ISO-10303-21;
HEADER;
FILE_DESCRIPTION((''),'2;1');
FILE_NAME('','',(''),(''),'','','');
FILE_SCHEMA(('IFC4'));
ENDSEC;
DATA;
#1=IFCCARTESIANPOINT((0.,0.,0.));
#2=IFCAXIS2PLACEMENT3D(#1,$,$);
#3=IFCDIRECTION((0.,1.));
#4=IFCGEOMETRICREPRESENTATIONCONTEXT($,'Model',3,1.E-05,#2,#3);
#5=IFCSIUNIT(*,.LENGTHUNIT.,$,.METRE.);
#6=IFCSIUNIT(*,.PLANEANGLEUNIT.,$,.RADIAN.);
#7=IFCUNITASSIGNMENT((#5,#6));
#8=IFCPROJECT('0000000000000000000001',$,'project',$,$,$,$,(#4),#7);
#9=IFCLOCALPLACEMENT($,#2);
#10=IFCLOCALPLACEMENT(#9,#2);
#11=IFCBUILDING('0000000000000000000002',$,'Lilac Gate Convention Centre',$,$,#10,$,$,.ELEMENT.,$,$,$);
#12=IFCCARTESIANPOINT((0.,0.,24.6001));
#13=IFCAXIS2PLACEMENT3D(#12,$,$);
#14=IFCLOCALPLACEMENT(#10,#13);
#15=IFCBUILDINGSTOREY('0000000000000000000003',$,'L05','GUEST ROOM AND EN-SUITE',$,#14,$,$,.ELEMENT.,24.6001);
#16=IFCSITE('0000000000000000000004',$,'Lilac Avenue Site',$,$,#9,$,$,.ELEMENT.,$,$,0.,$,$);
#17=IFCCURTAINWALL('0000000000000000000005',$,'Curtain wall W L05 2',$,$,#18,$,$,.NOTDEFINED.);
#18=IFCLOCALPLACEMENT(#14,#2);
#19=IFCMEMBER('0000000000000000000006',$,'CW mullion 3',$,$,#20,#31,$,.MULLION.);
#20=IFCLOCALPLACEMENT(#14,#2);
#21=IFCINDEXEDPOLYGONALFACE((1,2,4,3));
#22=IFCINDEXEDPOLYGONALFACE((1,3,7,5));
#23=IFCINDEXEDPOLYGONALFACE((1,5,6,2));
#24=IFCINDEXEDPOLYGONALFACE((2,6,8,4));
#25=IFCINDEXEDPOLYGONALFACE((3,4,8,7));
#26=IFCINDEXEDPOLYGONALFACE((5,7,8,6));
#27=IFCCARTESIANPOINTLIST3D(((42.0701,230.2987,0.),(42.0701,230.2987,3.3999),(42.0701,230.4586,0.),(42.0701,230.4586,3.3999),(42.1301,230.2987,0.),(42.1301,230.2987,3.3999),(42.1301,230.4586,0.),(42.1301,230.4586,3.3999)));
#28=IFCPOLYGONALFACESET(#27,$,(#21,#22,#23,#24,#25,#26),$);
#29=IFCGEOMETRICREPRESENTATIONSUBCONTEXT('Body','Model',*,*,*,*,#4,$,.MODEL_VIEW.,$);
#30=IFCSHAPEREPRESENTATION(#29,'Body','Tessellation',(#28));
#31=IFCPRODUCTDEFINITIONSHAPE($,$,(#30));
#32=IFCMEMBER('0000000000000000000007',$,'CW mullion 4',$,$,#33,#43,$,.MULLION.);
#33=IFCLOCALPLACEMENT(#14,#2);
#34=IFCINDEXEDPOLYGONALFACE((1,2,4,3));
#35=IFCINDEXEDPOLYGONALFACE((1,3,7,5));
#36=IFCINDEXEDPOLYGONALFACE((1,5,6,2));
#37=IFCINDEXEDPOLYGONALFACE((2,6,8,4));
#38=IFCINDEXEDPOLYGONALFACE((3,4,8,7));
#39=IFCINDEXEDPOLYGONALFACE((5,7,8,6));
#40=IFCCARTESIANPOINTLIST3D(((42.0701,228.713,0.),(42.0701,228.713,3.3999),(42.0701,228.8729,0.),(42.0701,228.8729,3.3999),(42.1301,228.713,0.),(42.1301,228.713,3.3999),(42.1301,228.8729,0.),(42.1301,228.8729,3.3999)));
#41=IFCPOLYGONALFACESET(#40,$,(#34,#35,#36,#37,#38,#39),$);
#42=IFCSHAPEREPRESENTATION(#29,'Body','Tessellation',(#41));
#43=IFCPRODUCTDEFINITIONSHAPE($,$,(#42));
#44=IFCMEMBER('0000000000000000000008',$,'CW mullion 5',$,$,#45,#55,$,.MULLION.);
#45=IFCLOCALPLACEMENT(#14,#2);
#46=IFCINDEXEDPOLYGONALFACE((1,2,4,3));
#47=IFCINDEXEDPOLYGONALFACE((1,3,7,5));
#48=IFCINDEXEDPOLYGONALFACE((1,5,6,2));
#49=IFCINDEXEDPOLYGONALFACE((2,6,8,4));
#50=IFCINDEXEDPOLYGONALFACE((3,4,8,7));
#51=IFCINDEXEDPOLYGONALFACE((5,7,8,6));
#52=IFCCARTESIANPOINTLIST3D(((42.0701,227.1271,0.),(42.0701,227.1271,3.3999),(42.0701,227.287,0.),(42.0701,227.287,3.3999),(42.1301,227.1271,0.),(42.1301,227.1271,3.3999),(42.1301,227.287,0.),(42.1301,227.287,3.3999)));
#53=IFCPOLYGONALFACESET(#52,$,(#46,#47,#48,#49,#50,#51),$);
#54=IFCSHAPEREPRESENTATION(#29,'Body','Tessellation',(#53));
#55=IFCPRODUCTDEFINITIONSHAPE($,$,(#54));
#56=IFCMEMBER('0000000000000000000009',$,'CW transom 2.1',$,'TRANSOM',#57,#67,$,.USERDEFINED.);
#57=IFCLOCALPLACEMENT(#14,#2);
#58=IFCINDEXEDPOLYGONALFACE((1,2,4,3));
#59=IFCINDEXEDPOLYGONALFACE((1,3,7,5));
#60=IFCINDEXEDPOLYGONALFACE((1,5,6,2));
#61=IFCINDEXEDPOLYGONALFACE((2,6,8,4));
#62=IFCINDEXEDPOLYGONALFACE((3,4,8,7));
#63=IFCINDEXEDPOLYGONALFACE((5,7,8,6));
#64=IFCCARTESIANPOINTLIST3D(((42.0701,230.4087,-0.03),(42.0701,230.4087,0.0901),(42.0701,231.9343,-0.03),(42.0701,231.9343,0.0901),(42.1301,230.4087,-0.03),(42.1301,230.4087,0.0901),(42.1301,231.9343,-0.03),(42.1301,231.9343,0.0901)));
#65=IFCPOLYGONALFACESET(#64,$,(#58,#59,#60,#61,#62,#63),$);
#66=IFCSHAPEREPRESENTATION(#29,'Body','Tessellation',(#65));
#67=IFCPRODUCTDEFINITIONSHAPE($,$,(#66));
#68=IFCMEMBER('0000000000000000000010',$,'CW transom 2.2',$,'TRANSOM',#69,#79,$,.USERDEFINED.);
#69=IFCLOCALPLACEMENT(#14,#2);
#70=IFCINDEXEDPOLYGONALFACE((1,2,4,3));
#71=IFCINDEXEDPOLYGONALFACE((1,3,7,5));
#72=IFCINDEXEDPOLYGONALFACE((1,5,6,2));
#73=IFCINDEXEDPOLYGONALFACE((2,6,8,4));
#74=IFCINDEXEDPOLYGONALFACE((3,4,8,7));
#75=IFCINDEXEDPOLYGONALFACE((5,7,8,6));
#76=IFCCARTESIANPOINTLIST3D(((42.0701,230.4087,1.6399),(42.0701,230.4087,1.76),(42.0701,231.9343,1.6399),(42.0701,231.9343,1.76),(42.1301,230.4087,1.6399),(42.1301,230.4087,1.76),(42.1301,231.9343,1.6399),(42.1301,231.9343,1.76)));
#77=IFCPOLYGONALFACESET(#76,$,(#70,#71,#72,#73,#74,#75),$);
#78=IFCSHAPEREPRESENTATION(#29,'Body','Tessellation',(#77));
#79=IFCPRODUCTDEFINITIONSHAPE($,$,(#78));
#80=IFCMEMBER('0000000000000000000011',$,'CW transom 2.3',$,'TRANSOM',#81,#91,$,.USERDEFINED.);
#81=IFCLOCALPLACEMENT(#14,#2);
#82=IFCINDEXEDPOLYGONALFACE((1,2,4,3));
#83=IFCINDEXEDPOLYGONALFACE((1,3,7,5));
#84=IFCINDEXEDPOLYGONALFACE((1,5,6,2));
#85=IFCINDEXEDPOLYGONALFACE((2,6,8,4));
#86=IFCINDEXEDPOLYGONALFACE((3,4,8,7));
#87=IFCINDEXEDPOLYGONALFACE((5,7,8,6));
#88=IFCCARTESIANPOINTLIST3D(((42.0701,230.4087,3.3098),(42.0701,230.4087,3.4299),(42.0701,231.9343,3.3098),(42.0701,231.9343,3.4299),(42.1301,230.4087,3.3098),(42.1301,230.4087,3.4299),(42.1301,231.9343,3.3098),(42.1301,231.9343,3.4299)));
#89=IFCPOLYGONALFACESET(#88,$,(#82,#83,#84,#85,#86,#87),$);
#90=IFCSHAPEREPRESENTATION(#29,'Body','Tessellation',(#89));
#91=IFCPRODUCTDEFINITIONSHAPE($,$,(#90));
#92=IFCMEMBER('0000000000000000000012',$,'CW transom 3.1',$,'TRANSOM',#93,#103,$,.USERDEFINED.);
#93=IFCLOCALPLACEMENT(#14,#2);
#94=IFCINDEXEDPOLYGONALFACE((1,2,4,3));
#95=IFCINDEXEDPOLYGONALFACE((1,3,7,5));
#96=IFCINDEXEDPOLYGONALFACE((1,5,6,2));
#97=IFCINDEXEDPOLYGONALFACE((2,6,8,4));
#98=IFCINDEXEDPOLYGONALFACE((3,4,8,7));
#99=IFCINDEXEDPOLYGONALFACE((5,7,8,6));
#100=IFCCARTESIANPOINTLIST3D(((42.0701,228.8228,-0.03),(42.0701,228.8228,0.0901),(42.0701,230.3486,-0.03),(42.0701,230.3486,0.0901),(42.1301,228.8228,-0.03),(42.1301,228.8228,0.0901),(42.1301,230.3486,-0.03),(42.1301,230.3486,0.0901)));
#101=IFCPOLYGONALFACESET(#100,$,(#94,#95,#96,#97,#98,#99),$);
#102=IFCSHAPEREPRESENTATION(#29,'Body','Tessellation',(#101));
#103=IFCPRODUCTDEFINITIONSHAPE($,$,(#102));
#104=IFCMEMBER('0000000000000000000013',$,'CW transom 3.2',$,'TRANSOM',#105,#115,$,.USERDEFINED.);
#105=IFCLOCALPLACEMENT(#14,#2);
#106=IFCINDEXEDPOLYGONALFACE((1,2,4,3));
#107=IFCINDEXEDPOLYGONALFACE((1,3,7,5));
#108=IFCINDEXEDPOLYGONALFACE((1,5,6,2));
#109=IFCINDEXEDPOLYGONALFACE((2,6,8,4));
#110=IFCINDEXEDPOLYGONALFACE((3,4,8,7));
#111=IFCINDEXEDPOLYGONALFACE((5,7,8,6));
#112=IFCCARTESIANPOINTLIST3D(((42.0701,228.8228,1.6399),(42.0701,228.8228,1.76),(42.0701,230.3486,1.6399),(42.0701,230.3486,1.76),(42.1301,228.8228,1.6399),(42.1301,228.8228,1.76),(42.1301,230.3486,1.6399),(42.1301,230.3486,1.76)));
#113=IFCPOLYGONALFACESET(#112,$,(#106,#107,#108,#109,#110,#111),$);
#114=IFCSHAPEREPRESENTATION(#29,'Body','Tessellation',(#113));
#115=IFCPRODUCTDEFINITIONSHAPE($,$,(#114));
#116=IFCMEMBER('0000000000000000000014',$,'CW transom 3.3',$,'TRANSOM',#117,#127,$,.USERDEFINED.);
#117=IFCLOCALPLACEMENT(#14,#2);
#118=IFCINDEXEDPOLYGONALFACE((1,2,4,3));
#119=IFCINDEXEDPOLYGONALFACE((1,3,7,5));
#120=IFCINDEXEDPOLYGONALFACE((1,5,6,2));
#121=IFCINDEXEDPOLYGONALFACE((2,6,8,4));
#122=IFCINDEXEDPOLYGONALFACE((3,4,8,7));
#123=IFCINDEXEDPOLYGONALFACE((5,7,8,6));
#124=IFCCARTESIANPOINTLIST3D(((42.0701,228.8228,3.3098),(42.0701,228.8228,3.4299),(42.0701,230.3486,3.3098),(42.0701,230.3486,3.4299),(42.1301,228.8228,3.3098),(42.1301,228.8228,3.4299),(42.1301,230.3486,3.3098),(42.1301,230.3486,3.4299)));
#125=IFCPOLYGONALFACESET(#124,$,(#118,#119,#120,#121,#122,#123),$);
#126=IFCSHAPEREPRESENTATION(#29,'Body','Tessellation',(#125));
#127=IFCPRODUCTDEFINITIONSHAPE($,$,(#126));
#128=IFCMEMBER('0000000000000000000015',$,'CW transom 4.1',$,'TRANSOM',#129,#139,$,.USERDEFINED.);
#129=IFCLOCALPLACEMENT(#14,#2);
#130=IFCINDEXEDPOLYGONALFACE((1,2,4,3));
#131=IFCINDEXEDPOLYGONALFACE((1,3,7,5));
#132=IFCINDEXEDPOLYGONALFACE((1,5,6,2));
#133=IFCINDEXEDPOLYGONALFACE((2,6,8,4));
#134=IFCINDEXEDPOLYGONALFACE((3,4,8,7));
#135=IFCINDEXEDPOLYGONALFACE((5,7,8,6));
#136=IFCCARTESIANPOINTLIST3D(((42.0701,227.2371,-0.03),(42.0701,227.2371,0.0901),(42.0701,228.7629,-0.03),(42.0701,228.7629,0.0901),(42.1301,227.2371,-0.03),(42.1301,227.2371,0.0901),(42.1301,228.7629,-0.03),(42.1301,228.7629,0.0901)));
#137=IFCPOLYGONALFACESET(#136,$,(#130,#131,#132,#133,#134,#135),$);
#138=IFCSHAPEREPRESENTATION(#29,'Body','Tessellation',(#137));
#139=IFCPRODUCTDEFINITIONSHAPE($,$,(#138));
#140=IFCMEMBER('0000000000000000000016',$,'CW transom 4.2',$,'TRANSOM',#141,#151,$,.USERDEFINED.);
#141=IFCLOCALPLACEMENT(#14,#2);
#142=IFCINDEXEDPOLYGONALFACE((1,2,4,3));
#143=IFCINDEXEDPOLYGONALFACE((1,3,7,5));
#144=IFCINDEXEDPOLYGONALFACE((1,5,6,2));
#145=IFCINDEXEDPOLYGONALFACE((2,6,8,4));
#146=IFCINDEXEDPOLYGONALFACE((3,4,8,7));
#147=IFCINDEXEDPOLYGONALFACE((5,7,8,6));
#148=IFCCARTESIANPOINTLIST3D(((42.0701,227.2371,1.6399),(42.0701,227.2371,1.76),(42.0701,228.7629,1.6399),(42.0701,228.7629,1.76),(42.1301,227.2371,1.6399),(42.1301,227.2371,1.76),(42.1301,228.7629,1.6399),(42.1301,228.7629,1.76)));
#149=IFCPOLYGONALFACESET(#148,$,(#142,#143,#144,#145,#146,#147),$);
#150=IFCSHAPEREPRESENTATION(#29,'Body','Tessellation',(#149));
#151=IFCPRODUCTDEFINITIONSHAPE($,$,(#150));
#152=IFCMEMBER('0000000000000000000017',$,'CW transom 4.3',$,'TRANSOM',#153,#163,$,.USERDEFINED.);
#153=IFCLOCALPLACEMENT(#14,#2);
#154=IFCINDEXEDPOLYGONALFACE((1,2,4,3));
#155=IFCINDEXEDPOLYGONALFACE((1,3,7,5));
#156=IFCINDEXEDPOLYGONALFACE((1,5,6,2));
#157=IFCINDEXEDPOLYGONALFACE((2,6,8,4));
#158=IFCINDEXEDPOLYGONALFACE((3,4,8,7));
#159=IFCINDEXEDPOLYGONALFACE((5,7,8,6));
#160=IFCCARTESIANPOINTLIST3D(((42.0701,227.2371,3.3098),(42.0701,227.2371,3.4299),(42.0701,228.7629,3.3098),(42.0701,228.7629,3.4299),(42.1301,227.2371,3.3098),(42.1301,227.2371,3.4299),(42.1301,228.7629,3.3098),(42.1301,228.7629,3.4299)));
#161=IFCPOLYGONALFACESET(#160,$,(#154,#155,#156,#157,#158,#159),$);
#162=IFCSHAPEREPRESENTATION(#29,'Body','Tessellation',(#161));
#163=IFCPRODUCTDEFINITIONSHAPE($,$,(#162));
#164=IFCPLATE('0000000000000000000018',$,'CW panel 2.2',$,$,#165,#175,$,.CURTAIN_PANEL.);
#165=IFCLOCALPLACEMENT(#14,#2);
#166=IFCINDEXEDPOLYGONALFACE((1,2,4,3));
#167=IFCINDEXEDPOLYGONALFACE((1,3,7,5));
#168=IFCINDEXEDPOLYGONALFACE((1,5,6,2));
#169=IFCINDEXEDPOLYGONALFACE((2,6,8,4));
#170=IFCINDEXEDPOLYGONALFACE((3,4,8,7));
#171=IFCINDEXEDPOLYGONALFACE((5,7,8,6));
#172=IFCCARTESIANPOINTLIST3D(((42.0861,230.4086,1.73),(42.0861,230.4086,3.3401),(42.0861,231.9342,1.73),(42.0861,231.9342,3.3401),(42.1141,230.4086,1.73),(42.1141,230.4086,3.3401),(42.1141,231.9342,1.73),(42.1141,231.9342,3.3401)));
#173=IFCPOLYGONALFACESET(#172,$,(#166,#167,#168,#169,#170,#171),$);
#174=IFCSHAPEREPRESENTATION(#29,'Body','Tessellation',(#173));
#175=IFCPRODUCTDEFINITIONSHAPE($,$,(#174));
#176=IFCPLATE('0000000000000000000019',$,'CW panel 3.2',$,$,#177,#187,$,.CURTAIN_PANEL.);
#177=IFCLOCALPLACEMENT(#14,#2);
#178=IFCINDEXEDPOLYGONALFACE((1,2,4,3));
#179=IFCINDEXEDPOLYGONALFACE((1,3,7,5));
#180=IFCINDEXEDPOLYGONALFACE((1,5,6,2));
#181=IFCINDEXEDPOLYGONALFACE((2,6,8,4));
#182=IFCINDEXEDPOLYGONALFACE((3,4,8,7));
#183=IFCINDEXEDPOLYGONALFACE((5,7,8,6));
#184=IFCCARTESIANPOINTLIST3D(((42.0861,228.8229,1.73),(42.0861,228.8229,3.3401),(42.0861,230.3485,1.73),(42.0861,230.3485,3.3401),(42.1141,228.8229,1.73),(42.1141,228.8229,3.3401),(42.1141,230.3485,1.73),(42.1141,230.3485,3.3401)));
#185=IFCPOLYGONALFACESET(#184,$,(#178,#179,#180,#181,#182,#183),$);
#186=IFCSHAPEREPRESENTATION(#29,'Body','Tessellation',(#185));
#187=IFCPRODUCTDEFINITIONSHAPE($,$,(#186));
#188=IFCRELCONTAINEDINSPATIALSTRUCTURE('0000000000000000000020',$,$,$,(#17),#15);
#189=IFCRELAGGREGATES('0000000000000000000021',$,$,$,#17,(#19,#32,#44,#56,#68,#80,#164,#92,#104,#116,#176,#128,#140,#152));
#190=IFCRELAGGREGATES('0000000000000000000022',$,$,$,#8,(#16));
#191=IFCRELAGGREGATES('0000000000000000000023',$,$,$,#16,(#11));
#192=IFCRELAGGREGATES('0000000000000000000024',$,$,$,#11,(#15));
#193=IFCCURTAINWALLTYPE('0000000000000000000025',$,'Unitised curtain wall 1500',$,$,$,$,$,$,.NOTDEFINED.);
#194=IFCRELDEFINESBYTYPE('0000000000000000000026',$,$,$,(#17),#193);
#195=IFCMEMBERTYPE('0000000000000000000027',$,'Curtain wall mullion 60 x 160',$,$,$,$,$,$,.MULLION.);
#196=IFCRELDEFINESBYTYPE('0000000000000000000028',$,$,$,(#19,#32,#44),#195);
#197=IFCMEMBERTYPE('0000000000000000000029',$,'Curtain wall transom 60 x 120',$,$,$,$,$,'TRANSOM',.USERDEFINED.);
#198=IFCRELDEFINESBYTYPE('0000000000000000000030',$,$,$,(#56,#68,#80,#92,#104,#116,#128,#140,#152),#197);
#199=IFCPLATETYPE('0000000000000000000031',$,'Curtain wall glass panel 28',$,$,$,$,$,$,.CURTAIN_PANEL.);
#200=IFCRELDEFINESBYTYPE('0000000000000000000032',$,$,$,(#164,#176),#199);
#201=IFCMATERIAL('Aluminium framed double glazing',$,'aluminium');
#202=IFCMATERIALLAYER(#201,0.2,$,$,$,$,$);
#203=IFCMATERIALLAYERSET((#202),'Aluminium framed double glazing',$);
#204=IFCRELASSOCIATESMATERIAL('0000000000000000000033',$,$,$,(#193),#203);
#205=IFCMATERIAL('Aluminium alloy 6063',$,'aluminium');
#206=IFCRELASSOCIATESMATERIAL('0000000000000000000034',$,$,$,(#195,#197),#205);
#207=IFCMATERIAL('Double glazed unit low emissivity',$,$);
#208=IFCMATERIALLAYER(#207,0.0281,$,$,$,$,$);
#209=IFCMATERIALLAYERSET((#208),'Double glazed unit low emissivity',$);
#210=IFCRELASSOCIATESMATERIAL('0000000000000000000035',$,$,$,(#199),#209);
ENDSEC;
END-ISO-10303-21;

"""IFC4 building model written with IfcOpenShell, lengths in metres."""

from ifc_helpers import new_model, si_unit, direction, frame, origin, origin_2d, place, context, subcontext, project, spatial, rectangle, extrude, material, layer, layer_set, material_profile, profile_set, type_object, element, aggregate, save


model = new_model("IFC4")

# Units and contexts
model_context = context("Model", 3, precision=1e-05, world=origin(), true_north=direction((0.0, 1.0)))
body_context = subcontext(model_context, "Body", "Model", "MODEL_VIEW")
ifc_project = project(units=[si_unit("LENGTHUNIT", "METRE"), si_unit("PLANEANGLEUNIT", "RADIAN")], contexts=[model_context])

# Site, building, storey
site_placement = place(None, origin())
site = spatial("IfcSite", under=ifc_project, at=site_placement, Name="Lilac Avenue Site", CompositionType="ELEMENT", RefElevation=0.0)
building_placement = place(site_placement, origin())
building = spatial("IfcBuilding", under=site, at=building_placement, Name="Lilac Gate Convention Centre", CompositionType="ELEMENT")
storey_placement = place(building_placement, frame((0.0, 0.0, 24.6001)))
storey = spatial("IfcBuildingStorey", under=building, at=storey_placement, Name="L05", Description="GUEST ROOM AND EN-SUITE", CompositionType="ELEMENT", Elevation=24.6001)

# Curtain wall, members, plates
ifc_material_1 = material(Name="Aluminium framed double glazing", Category="aluminium")
ifc_layer_1 = layer(ifc_material_1, 0.2)
ifc_layer_set_1 = layer_set([ifc_layer_1], Name="Aluminium framed double glazing")
curtain_wall_type = type_object("IfcCurtainWallType", Name="Unitised curtain wall 1500", PredefinedType="NOTDEFINED", material=ifc_layer_set_1)
curtain_wall_placement = place(storey_placement, origin())
curtain_wall = element("IfcCurtainWall", 1, at=curtain_wall_placement, inside=storey, type_object=curtain_wall_type, Name="Curtain wall W L05 2", PredefinedType="NOTDEFINED")
ifc_material_2 = material(Name="Aluminium alloy 6063", Category="aluminium")
ifc_material_profile_1 = material_profile(ifc_material_2, rectangle(XDim=0.0601, YDim=0.1599, at=origin_2d()), Name="Curtain wall mullion 60 x 160")
ifc_profile_set_1 = profile_set([ifc_material_profile_1], Name="Aluminium alloy 6063")
member_type_1 = type_object("IfcMemberType", Name="Curtain wall mullion 60 x 160", PredefinedType="MULLION", material=ifc_profile_set_1)
member_1_placement = place(storey_placement, frame((42.1001, 230.3787, 0.0), z_axis=(0.0, 0.0, 1.0), x_axis=(1.0, 0.0, 0.0)))
member_1 = element("IfcMember", 2, at=member_1_placement, type_object=member_type_1, Name="CW mullion 3", PredefinedType="MULLION", context=body_context, shape_type="SweptSolid", body=[
    extrude(rectangle(XDim=0.0601, YDim=0.1599, at=origin_2d()), origin(), (0.0, 0.0, 1.0), 3.3999),
])
member_2_placement = place(storey_placement, frame((42.1001, 228.793, 0.0), z_axis=(0.0, 0.0, 1.0), x_axis=(1.0, 0.0, 0.0)))
member_2 = element("IfcMember", 3, at=member_2_placement, type_object=member_type_1, Name="CW mullion 4", PredefinedType="MULLION", context=body_context, shape_type="SweptSolid", body=[
    extrude(rectangle(XDim=0.0601, YDim=0.1599, at=origin_2d()), origin(), (0.0, 0.0, 1.0), 3.3999),
])
member_3_placement = place(storey_placement, frame((42.1001, 227.207, 0.0), z_axis=(0.0, 0.0, 1.0), x_axis=(1.0, 0.0, 0.0)))
member_3 = element("IfcMember", 4, at=member_3_placement, type_object=member_type_1, Name="CW mullion 5", PredefinedType="MULLION", context=body_context, shape_type="SweptSolid", body=[
    extrude(rectangle(XDim=0.0601, YDim=0.1599, at=origin_2d()), origin(), (0.0, 0.0, 1.0), 3.3999),
])
ifc_material_profile_2 = material_profile(ifc_material_2, rectangle(XDim=0.0601, YDim=0.1201, at=origin_2d()), Name="Curtain wall transom 60 x 120")
ifc_profile_set_2 = profile_set([ifc_material_profile_2], Name="Aluminium alloy 6063")
member_type_2 = type_object("IfcMemberType", Name="Curtain wall transom 60 x 120", ElementType="TRANSOM", PredefinedType="USERDEFINED", material=ifc_profile_set_2)
member_4_placement = place(storey_placement, frame((42.1001, 231.9343, 0.03), z_axis=(0.0, -1.0, 0.0), x_axis=(1.0, 0.0, 0.0)))
member_4 = element("IfcMember", 5, at=member_4_placement, type_object=member_type_2, Name="CW transom 2.1", ObjectType="TRANSOM", PredefinedType="USERDEFINED", context=body_context, shape_type="SweptSolid", body=[
    extrude(rectangle(XDim=0.0601, YDim=0.1201, at=origin_2d()), origin(), (0.0, 0.0, 1.0), 1.5256),
])
member_5_placement = place(storey_placement, frame((42.1001, 231.9343, 1.7), z_axis=(0.0, -1.0, 0.0), x_axis=(1.0, 0.0, 0.0)))
member_5 = element("IfcMember", 6, at=member_5_placement, type_object=member_type_2, Name="CW transom 2.2", ObjectType="TRANSOM", PredefinedType="USERDEFINED", context=body_context, shape_type="SweptSolid", body=[
    extrude(rectangle(XDim=0.0601, YDim=0.1201, at=origin_2d()), origin(), (0.0, 0.0, 1.0), 1.5256),
])
member_6_placement = place(storey_placement, frame((42.1001, 231.9343, 3.3699), z_axis=(0.0, -1.0, 0.0), x_axis=(1.0, 0.0, 0.0)))
member_6 = element("IfcMember", 7, at=member_6_placement, type_object=member_type_2, Name="CW transom 2.3", ObjectType="TRANSOM", PredefinedType="USERDEFINED", context=body_context, shape_type="SweptSolid", body=[
    extrude(rectangle(XDim=0.0601, YDim=0.1201, at=origin_2d()), origin(), (0.0, 0.0, 1.0), 1.5256),
])
member_7_placement = place(storey_placement, frame((42.1001, 230.3486, 0.03), z_axis=(0.0, -1.0, 0.0), x_axis=(1.0, 0.0, 0.0)))
member_7 = element("IfcMember", 8, at=member_7_placement, type_object=member_type_2, Name="CW transom 3.1", ObjectType="TRANSOM", PredefinedType="USERDEFINED", context=body_context, shape_type="SweptSolid", body=[
    extrude(rectangle(XDim=0.0601, YDim=0.1201, at=origin_2d()), origin(), (0.0, 0.0, 1.0), 1.5259),
])
member_8_placement = place(storey_placement, frame((42.1001, 230.3486, 1.7), z_axis=(0.0, -1.0, 0.0), x_axis=(1.0, 0.0, 0.0)))
member_8 = element("IfcMember", 9, at=member_8_placement, type_object=member_type_2, Name="CW transom 3.2", ObjectType="TRANSOM", PredefinedType="USERDEFINED", context=body_context, shape_type="SweptSolid", body=[
    extrude(rectangle(XDim=0.0601, YDim=0.1201, at=origin_2d()), origin(), (0.0, 0.0, 1.0), 1.5259),
])
member_9_placement = place(storey_placement, frame((42.1001, 230.3486, 3.3699), z_axis=(0.0, -1.0, 0.0), x_axis=(1.0, 0.0, 0.0)))
member_9 = element("IfcMember", 10, at=member_9_placement, type_object=member_type_2, Name="CW transom 3.3", ObjectType="TRANSOM", PredefinedType="USERDEFINED", context=body_context, shape_type="SweptSolid", body=[
    extrude(rectangle(XDim=0.0601, YDim=0.1201, at=origin_2d()), origin(), (0.0, 0.0, 1.0), 1.5259),
])
member_10_placement = place(storey_placement, frame((42.1001, 228.7629, 0.03), z_axis=(0.0, -1.0, 0.0), x_axis=(1.0, 0.0, 0.0)))
member_10 = element("IfcMember", 11, at=member_10_placement, type_object=member_type_2, Name="CW transom 4.1", ObjectType="TRANSOM", PredefinedType="USERDEFINED", context=body_context, shape_type="SweptSolid", body=[
    extrude(rectangle(XDim=0.0601, YDim=0.1201, at=origin_2d()), origin(), (0.0, 0.0, 1.0), 1.5259),
])
member_11_placement = place(storey_placement, frame((42.1001, 228.7629, 1.7), z_axis=(0.0, -1.0, 0.0), x_axis=(1.0, 0.0, 0.0)))
member_11 = element("IfcMember", 12, at=member_11_placement, type_object=member_type_2, Name="CW transom 4.2", ObjectType="TRANSOM", PredefinedType="USERDEFINED", context=body_context, shape_type="SweptSolid", body=[
    extrude(rectangle(XDim=0.0601, YDim=0.1201, at=origin_2d()), origin(), (0.0, 0.0, 1.0), 1.5259),
])
member_12_placement = place(storey_placement, frame((42.1001, 228.7629, 3.3699), z_axis=(0.0, -1.0, 0.0), x_axis=(1.0, 0.0, 0.0)))
member_12 = element("IfcMember", 13, at=member_12_placement, type_object=member_type_2, Name="CW transom 4.3", ObjectType="TRANSOM", PredefinedType="USERDEFINED", context=body_context, shape_type="SweptSolid", body=[
    extrude(rectangle(XDim=0.0601, YDim=0.1201, at=origin_2d()), origin(), (0.0, 0.0, 1.0), 1.5259),
])
ifc_material_3 = material(Name="Double glazed unit low emissivity")
ifc_layer_2 = layer(ifc_material_3, 0.0281)
ifc_layer_set_2 = layer_set([ifc_layer_2], Name="Double glazed unit low emissivity")
plate_type_1 = type_object("IfcPlateType", Name="Curtain wall glass panel 28", PredefinedType="CURTAIN_PANEL", material=ifc_layer_set_2)
plate_1_placement = place(storey_placement, frame((42.1001, 231.1714, 1.73), z_axis=(0.0, 0.0, 1.0), x_axis=(0.0, -1.0, 0.0)))
plate_1 = element("IfcPlate", 14, at=plate_1_placement, type_object=plate_type_1, Name="CW panel 2.2", PredefinedType="CURTAIN_PANEL", context=body_context, shape_type="SweptSolid", body=[
    extrude(rectangle(XDim=1.5256, YDim=0.0281, at=origin_2d()), origin(), (0.0, 0.0, 1.0), 1.6101),
])
plate_2_placement = place(storey_placement, frame((42.1001, 229.5857, 1.73), z_axis=(0.0, 0.0, 1.0), x_axis=(0.0, -1.0, 0.0)))
plate_2 = element("IfcPlate", 15, at=plate_2_placement, type_object=plate_type_1, Name="CW panel 3.2", PredefinedType="CURTAIN_PANEL", context=body_context, shape_type="SweptSolid", body=[
    extrude(rectangle(XDim=1.5256, YDim=0.0281, at=origin_2d()), origin(), (0.0, 0.0, 1.0), 1.6101),
])
aggregate(curtain_wall, [member_1, member_2, member_3, member_4, member_5, member_6, plate_1, member_7, member_8, member_9, plate_2, member_10, member_11, member_12])

save(model, "model.ifc")
